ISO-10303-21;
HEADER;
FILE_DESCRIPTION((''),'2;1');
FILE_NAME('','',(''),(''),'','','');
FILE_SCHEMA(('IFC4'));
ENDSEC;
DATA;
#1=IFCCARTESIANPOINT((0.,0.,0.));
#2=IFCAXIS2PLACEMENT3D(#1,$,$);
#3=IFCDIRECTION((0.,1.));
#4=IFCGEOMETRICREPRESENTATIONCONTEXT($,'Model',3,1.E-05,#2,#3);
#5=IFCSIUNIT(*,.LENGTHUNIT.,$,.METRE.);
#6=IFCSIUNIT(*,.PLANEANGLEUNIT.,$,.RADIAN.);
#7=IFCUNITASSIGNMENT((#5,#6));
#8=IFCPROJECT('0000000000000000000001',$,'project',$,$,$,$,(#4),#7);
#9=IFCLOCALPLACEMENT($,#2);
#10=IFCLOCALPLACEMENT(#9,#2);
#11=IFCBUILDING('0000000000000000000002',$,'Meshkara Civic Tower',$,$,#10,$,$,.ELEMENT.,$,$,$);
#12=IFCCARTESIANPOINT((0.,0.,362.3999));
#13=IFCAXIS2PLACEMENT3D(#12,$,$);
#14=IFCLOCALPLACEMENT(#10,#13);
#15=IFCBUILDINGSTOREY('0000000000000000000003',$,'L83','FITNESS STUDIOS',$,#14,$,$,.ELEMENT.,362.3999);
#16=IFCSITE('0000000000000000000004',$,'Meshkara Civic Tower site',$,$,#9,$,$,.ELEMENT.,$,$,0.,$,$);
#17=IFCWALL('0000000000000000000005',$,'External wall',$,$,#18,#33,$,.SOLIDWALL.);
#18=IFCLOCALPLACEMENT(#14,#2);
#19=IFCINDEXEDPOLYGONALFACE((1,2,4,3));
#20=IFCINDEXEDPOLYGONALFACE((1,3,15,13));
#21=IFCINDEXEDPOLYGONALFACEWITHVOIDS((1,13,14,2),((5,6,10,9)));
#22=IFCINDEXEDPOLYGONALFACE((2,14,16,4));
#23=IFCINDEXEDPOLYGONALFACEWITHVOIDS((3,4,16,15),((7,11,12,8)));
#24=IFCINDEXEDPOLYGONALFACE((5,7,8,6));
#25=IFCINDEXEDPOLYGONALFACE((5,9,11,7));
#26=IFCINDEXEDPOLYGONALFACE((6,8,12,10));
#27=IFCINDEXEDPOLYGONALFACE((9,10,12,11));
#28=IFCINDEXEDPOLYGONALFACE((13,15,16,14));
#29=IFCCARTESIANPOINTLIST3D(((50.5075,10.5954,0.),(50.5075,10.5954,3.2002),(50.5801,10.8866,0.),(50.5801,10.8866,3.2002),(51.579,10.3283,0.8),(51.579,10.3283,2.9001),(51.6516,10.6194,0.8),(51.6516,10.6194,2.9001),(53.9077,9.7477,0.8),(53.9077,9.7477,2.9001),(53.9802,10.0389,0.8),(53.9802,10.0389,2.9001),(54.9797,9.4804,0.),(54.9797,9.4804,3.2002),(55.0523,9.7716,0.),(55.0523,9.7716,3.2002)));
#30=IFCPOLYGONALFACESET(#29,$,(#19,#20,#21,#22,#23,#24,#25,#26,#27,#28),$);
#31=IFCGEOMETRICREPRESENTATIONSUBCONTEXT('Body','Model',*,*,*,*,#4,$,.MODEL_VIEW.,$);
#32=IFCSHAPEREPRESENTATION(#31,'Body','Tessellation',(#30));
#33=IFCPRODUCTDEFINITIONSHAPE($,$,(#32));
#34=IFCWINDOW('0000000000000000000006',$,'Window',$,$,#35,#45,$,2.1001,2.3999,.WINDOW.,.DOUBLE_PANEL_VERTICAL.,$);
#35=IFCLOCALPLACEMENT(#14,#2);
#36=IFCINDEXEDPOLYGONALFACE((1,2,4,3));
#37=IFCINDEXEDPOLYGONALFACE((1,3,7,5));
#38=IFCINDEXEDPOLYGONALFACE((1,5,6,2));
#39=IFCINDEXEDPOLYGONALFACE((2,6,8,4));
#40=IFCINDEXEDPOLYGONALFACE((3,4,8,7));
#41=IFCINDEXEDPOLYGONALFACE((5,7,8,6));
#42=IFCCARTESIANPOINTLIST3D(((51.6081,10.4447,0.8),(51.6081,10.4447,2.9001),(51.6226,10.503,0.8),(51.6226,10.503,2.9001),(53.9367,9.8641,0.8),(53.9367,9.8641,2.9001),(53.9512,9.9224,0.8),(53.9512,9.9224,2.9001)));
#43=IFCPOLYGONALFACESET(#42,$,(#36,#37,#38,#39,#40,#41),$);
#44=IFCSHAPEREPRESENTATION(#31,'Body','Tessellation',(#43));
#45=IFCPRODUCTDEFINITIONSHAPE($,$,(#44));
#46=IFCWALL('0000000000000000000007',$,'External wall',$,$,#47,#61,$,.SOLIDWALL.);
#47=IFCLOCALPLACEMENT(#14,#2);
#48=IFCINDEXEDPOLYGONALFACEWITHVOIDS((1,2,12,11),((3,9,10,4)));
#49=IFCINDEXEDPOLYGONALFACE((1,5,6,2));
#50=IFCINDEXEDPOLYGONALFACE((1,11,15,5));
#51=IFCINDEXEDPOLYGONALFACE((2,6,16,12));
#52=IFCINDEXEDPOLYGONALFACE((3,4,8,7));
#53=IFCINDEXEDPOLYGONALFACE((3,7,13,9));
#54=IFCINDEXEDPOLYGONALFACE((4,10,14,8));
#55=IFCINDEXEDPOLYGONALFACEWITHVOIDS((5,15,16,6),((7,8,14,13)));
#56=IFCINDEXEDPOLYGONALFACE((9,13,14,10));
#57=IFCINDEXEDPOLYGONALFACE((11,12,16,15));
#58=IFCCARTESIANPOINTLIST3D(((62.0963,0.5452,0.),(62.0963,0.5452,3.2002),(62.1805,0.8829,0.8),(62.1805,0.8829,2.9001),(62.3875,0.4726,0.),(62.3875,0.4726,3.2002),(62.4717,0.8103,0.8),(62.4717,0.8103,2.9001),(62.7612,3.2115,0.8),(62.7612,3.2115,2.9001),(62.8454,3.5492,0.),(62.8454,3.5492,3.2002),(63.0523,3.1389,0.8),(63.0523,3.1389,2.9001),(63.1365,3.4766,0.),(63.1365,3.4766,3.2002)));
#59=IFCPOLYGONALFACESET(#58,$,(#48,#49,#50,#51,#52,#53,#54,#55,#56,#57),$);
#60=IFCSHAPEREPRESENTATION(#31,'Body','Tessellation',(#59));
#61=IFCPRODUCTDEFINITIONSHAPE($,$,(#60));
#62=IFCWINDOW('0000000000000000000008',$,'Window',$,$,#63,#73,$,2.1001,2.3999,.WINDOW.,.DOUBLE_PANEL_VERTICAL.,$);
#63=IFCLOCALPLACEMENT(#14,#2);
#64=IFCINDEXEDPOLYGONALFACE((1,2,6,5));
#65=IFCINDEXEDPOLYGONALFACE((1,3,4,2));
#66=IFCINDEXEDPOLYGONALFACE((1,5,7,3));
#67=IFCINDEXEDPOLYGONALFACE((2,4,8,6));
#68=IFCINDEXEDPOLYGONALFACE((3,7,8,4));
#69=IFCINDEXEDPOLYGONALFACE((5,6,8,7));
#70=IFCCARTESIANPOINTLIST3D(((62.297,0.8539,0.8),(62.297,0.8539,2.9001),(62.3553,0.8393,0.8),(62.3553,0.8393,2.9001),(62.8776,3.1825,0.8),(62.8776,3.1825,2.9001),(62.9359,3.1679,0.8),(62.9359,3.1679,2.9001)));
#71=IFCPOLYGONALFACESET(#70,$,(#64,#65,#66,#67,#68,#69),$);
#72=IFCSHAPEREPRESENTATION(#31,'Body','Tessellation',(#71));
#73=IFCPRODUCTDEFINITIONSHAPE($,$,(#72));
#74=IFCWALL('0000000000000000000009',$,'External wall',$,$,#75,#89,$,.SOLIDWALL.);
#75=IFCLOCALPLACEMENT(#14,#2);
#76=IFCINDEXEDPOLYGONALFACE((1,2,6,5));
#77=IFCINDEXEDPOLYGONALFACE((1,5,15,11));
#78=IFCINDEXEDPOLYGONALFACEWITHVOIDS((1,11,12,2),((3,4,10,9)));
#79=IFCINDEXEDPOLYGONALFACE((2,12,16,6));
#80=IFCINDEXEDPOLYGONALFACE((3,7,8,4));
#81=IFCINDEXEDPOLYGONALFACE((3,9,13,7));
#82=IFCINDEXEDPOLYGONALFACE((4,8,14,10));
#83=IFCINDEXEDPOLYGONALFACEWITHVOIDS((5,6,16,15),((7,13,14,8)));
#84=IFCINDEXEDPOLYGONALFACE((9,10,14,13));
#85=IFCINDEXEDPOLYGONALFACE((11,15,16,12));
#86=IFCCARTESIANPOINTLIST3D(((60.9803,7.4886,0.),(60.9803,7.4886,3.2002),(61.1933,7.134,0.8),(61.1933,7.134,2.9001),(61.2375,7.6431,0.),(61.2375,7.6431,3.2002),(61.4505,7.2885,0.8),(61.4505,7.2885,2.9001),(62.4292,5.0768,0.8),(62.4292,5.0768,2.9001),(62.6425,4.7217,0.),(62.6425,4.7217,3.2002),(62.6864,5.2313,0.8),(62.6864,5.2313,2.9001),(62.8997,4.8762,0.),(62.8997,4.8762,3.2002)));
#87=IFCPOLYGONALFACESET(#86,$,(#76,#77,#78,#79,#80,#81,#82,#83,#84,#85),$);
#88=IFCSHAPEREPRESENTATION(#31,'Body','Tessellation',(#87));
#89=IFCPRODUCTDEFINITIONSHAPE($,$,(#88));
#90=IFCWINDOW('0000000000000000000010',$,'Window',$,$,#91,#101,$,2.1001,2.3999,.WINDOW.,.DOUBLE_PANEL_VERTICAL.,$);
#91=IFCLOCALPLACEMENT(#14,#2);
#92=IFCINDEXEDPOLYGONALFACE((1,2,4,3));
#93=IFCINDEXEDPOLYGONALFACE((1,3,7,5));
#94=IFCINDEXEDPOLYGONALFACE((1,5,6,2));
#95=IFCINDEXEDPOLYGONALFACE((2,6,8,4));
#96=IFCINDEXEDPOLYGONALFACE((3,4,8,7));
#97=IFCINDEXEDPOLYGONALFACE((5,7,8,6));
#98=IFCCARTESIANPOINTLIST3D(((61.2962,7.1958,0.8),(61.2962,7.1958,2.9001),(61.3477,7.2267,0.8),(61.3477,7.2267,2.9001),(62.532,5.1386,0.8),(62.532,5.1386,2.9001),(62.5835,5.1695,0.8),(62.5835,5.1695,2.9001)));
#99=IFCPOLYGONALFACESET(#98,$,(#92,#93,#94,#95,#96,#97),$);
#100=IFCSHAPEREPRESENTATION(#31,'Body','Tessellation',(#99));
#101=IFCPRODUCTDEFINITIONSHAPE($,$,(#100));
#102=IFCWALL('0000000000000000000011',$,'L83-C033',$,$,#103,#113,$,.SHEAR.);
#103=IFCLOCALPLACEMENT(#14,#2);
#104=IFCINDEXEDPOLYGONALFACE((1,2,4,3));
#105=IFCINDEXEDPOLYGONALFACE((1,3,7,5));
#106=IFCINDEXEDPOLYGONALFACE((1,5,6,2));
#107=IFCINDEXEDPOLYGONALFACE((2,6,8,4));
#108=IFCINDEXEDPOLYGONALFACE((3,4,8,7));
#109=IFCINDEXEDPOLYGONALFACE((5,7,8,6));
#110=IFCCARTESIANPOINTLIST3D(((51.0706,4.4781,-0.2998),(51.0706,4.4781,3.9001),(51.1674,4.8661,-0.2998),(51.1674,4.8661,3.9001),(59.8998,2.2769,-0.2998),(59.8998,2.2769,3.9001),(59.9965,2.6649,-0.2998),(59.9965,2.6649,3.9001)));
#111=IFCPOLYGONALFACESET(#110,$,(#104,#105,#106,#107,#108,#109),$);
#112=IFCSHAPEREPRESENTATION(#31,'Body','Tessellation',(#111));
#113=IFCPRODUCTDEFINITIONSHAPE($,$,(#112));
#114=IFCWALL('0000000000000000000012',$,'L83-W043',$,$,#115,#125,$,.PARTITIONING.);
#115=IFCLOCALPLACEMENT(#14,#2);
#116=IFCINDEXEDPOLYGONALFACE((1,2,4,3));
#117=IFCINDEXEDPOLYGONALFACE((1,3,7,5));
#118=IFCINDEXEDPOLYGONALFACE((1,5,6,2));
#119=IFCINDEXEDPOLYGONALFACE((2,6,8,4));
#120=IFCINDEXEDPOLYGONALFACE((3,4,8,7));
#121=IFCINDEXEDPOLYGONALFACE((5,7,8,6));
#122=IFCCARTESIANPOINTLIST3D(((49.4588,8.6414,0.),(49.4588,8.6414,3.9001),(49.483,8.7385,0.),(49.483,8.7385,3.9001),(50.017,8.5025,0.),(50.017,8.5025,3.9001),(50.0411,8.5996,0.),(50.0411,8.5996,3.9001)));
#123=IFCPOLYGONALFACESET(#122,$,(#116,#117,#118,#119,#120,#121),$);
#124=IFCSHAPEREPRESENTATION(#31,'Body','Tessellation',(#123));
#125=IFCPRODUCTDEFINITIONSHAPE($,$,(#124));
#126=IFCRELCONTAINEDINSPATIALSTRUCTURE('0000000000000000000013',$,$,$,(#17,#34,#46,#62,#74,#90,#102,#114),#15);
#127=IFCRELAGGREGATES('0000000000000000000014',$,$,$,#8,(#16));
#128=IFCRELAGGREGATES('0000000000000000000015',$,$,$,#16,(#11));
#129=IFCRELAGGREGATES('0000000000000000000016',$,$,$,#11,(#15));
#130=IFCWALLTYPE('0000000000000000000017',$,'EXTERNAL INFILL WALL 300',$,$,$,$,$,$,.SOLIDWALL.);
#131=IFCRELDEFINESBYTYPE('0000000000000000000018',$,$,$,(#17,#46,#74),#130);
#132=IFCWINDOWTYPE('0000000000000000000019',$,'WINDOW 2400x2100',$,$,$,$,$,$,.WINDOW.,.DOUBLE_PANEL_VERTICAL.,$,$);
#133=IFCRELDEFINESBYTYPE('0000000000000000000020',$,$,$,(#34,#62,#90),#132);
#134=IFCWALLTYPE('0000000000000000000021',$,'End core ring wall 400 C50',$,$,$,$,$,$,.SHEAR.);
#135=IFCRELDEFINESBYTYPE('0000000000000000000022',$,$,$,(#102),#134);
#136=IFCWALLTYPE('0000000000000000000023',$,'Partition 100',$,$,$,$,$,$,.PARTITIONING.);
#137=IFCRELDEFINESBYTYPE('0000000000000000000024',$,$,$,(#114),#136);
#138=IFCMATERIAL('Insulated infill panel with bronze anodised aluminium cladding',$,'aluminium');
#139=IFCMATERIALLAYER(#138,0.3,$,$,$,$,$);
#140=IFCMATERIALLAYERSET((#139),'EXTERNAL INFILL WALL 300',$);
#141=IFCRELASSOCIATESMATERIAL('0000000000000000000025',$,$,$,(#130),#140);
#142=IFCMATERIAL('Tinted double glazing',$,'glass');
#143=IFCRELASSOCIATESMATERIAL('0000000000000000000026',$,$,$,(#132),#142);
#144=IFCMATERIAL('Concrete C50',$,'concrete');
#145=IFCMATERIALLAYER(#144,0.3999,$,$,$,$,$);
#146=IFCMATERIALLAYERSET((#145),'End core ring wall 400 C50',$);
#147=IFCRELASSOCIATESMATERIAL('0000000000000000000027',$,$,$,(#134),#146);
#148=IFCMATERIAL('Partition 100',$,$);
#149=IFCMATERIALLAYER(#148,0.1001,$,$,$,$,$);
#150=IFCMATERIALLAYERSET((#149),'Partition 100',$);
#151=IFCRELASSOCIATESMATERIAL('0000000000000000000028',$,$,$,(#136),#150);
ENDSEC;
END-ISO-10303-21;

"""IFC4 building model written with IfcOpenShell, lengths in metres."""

from ifc_helpers import new_model, si_unit, direction, frame, frame_2d, origin, place, context, subcontext, project, spatial, rectangle, extrude, material, layer, layer_set, type_object, element, fill, save


model = new_model("IFC4")

# Units and contexts
model_context = context("Model", 3, precision=1e-05, world=origin(), true_north=direction((0.0, 1.0)))
body_context = subcontext(model_context, "Body", "Model", "MODEL_VIEW")
ifc_project = project(units=[si_unit("LENGTHUNIT", "METRE"), si_unit("PLANEANGLEUNIT", "RADIAN")], contexts=[model_context])

# Site, building, storey
site_placement = place(None, origin())
site = spatial("IfcSite", under=ifc_project, at=site_placement, Name="Meshkara Civic Tower site", CompositionType="ELEMENT", RefElevation=0.0)
building_placement = place(site_placement, origin())
building = spatial("IfcBuilding", under=site, at=building_placement, Name="Meshkara Civic Tower", CompositionType="ELEMENT")
storey_placement = place(building_placement, frame((0.0, 0.0, 362.3999)))
storey = spatial("IfcBuildingStorey", under=building, at=storey_placement, Name="L83", Description="FITNESS STUDIOS", CompositionType="ELEMENT", Elevation=362.3999)

# Walls, openings, windows
ifc_material_1 = material(Name="Insulated infill panel with bronze anodised aluminium cladding", Category="aluminium")
ifc_layer_1 = layer(ifc_material_1, 0.3)
ifc_layer_set_1 = layer_set([ifc_layer_1], Name="EXTERNAL INFILL WALL 300")
wall_type_1 = type_object("IfcWallType", Name="EXTERNAL INFILL WALL 300", PredefinedType="SOLIDWALL", material=ifc_layer_set_1)
ifc_material_2 = material(Name="Tinted double glazing", Category="glass")
window_type = type_object("IfcWindowType", Name="WINDOW 2400x2100", PartitioningType="DOUBLE_PANEL_VERTICAL", PredefinedType="WINDOW", material=ifc_material_2)
wall_1_placement = place(storey_placement, frame((55.0161, 9.626, 0.0), z_axis=(0.0, 0.0, 1.0), x_axis=(-0.970298, 0.241912, 0.0)))
wall_1 = element("IfcWall", 1, at=wall_1_placement, inside=storey, type_object=wall_type_1, Name="External wall", PredefinedType="SOLIDWALL", context=body_context, shape_type="SweptSolid", body=[
    extrude(rectangle(XDim=4.6091, YDim=0.3, at=frame_2d((2.3047, 0.0))), origin(), (0.0, 0.0, 1.0), 3.2002),
])
opening_1_placement = place(wall_1_placement, frame((1.105, 0.0, 0.8)))
opening_1 = element("IfcOpeningElement", 2, at=opening_1_placement, cuts=wall_1, PredefinedType="OPENING", context=body_context, shape_type="SweptSolid", body=[
    extrude(rectangle(XDim=2.3999, YDim=2.1001, at=frame_2d((1.2, 1.05))), frame((0.0, 0.1599, 0.0), z_axis=(0.0, -1.0, 0.0), x_axis=(1.0, 0.0, 0.0)), (0.0, 0.0, 1.0), 0.3201),
])
window_1_placement = place(opening_1_placement, origin())
window_1 = element("IfcWindow", 3, at=window_1_placement, inside=storey, type_object=window_type, Name="Window", OverallHeight=2.1001, OverallWidth=2.3999, PartitioningType="DOUBLE_PANEL_VERTICAL", PredefinedType="WINDOW", context=body_context, shape_type="SweptSolid", body=[
    extrude(rectangle(XDim=2.3999, YDim=2.1001, at=frame_2d((1.2, 1.05))), frame((0.0, 0.03, 0.0), z_axis=(0.0, -1.0, 0.0), x_axis=(1.0, 0.0, 0.0)), (0.0, 0.0, 1.0), 0.0601),
])
fill(opening_1, window_1)
wall_2_placement = place(storey_placement, frame((62.2419, 0.509, 0.0), z_axis=(0.0, 0.0, 1.0), x_axis=(0.241942, 0.970291, 0.0)))
wall_2 = element("IfcWall", 4, at=wall_2_placement, inside=storey, type_object=wall_type_1, Name="External wall", PredefinedType="SOLIDWALL", context=body_context, shape_type="SweptSolid", body=[
    extrude(rectangle(XDim=3.0959, YDim=0.3, at=frame_2d((1.5479, 0.0))), origin(), (0.0, 0.0, 1.0), 3.2002),
])
opening_2_placement = place(wall_2_placement, frame((0.3479, 0.0, 0.8)))
opening_2 = element("IfcOpeningElement", 5, at=opening_2_placement, cuts=wall_2, PredefinedType="OPENING", context=body_context, shape_type="SweptSolid", body=[
    extrude(rectangle(XDim=2.3999, YDim=2.1001, at=frame_2d((1.2, 1.05))), frame((0.0, 0.1599, 0.0), z_axis=(0.0, -1.0, 0.0), x_axis=(1.0, 0.0, 0.0)), (0.0, 0.0, 1.0), 0.3201),
])
window_2_placement = place(opening_2_placement, origin())
window_2 = element("IfcWindow", 6, at=window_2_placement, inside=storey, type_object=window_type, Name="Window", OverallHeight=2.1001, OverallWidth=2.3999, PartitioningType="DOUBLE_PANEL_VERTICAL", PredefinedType="WINDOW", context=body_context, shape_type="SweptSolid", body=[
    extrude(rectangle(XDim=2.3999, YDim=2.1001, at=frame_2d((1.2, 1.05))), frame((0.0, 0.03, 0.0), z_axis=(0.0, -1.0, 0.0), x_axis=(1.0, 0.0, 0.0)), (0.0, 0.0, 1.0), 0.0601),
])
fill(opening_2, window_2)
wall_3_placement = place(storey_placement, frame((62.771, 4.7991, 0.0), z_axis=(0.0, 0.0, 1.0), x_axis=(-0.514952, 0.857219, 0.0)))
wall_3 = element("IfcWall", 7, at=wall_3_placement, inside=storey, type_object=wall_type_1, Name="External wall", PredefinedType="SOLIDWALL", context=body_context, shape_type="SweptSolid", body=[
    extrude(rectangle(XDim=3.2278, YDim=0.3, at=frame_2d((1.6138, 0.0))), origin(), (0.0, 0.0, 1.0), 3.2002),
])
opening_3_placement = place(wall_3_placement, frame((0.4141, 0.0, 0.8)))
opening_3 = element("IfcOpeningElement", 8, at=opening_3_placement, cuts=wall_3, PredefinedType="OPENING", context=body_context, shape_type="SweptSolid", body=[
    extrude(rectangle(XDim=2.3999, YDim=2.1001, at=frame_2d((1.2, 1.05))), frame((0.0, 0.1599, 0.0), z_axis=(0.0, -1.0, 0.0), x_axis=(1.0, 0.0, 0.0)), (0.0, 0.0, 1.0), 0.3201),
])
window_3_placement = place(opening_3_placement, origin())
window_3 = element("IfcWindow", 9, at=window_3_placement, inside=storey, type_object=window_type, Name="Window", OverallHeight=2.1001, OverallWidth=2.3999, PartitioningType="DOUBLE_PANEL_VERTICAL", PredefinedType="WINDOW", context=body_context, shape_type="SweptSolid", body=[
    extrude(rectangle(XDim=2.3999, YDim=2.1001, at=frame_2d((1.2, 1.05))), frame((0.0, 0.03, 0.0), z_axis=(0.0, -1.0, 0.0), x_axis=(1.0, 0.0, 0.0)), (0.0, 0.0, 1.0), 0.0601),
])
fill(opening_3, window_3)

# Walls
ifc_material_3 = material(Name="Concrete C50", Category="concrete")
ifc_layer_2 = layer(ifc_material_3, 0.3999)
ifc_layer_set_2 = layer_set([ifc_layer_2], Name="End core ring wall 400 C50")
wall_type_2 = type_object("IfcWallType", Name="End core ring wall 400 C50", PredefinedType="SHEAR", material=ifc_layer_set_2)
wall_4_placement = place(storey_placement, frame((51.1189, 4.6721, -0.2998), z_axis=(0.0, 0.0, 1.0), x_axis=(0.9703, -0.241904, 0.0)))
element("IfcWall", 10, at=wall_4_placement, inside=storey, type_object=wall_type_2, Name="L83-C033", PredefinedType="SHEAR", context=body_context, shape_type="SweptSolid", body=[
    extrude(rectangle(XDim=9.0994, YDim=0.3999, at=frame_2d((4.5498, 0.0))), origin(), (0.0, 0.0, 1.0), 4.2),
])
ifc_material_4 = material(Name="Partition 100")
ifc_layer_3 = layer(ifc_material_4, 0.1001)
ifc_layer_set_3 = layer_set([ifc_layer_3], Name="Partition 100")
wall_type_3 = type_object("IfcWallType", Name="Partition 100", PredefinedType="PARTITIONING", material=ifc_layer_set_3)
wall_5_placement = place(storey_placement, frame((50.0291, 8.551, 0.0), z_axis=(0.0, 0.0, 1.0), x_axis=(-0.970392, 0.241537, 0.0)))
element("IfcWall", 11, at=wall_5_placement, inside=storey, type_object=wall_type_3, Name="L83-W043", PredefinedType="PARTITIONING", context=body_context, shape_type="SweptSolid", body=[
    extrude(rectangle(XDim=0.5752, YDim=0.1001, at=frame_2d((0.2876, 0.0))), origin(), (0.0, 0.0, 1.0), 3.9001),
])

save(model, "model.ifc")
